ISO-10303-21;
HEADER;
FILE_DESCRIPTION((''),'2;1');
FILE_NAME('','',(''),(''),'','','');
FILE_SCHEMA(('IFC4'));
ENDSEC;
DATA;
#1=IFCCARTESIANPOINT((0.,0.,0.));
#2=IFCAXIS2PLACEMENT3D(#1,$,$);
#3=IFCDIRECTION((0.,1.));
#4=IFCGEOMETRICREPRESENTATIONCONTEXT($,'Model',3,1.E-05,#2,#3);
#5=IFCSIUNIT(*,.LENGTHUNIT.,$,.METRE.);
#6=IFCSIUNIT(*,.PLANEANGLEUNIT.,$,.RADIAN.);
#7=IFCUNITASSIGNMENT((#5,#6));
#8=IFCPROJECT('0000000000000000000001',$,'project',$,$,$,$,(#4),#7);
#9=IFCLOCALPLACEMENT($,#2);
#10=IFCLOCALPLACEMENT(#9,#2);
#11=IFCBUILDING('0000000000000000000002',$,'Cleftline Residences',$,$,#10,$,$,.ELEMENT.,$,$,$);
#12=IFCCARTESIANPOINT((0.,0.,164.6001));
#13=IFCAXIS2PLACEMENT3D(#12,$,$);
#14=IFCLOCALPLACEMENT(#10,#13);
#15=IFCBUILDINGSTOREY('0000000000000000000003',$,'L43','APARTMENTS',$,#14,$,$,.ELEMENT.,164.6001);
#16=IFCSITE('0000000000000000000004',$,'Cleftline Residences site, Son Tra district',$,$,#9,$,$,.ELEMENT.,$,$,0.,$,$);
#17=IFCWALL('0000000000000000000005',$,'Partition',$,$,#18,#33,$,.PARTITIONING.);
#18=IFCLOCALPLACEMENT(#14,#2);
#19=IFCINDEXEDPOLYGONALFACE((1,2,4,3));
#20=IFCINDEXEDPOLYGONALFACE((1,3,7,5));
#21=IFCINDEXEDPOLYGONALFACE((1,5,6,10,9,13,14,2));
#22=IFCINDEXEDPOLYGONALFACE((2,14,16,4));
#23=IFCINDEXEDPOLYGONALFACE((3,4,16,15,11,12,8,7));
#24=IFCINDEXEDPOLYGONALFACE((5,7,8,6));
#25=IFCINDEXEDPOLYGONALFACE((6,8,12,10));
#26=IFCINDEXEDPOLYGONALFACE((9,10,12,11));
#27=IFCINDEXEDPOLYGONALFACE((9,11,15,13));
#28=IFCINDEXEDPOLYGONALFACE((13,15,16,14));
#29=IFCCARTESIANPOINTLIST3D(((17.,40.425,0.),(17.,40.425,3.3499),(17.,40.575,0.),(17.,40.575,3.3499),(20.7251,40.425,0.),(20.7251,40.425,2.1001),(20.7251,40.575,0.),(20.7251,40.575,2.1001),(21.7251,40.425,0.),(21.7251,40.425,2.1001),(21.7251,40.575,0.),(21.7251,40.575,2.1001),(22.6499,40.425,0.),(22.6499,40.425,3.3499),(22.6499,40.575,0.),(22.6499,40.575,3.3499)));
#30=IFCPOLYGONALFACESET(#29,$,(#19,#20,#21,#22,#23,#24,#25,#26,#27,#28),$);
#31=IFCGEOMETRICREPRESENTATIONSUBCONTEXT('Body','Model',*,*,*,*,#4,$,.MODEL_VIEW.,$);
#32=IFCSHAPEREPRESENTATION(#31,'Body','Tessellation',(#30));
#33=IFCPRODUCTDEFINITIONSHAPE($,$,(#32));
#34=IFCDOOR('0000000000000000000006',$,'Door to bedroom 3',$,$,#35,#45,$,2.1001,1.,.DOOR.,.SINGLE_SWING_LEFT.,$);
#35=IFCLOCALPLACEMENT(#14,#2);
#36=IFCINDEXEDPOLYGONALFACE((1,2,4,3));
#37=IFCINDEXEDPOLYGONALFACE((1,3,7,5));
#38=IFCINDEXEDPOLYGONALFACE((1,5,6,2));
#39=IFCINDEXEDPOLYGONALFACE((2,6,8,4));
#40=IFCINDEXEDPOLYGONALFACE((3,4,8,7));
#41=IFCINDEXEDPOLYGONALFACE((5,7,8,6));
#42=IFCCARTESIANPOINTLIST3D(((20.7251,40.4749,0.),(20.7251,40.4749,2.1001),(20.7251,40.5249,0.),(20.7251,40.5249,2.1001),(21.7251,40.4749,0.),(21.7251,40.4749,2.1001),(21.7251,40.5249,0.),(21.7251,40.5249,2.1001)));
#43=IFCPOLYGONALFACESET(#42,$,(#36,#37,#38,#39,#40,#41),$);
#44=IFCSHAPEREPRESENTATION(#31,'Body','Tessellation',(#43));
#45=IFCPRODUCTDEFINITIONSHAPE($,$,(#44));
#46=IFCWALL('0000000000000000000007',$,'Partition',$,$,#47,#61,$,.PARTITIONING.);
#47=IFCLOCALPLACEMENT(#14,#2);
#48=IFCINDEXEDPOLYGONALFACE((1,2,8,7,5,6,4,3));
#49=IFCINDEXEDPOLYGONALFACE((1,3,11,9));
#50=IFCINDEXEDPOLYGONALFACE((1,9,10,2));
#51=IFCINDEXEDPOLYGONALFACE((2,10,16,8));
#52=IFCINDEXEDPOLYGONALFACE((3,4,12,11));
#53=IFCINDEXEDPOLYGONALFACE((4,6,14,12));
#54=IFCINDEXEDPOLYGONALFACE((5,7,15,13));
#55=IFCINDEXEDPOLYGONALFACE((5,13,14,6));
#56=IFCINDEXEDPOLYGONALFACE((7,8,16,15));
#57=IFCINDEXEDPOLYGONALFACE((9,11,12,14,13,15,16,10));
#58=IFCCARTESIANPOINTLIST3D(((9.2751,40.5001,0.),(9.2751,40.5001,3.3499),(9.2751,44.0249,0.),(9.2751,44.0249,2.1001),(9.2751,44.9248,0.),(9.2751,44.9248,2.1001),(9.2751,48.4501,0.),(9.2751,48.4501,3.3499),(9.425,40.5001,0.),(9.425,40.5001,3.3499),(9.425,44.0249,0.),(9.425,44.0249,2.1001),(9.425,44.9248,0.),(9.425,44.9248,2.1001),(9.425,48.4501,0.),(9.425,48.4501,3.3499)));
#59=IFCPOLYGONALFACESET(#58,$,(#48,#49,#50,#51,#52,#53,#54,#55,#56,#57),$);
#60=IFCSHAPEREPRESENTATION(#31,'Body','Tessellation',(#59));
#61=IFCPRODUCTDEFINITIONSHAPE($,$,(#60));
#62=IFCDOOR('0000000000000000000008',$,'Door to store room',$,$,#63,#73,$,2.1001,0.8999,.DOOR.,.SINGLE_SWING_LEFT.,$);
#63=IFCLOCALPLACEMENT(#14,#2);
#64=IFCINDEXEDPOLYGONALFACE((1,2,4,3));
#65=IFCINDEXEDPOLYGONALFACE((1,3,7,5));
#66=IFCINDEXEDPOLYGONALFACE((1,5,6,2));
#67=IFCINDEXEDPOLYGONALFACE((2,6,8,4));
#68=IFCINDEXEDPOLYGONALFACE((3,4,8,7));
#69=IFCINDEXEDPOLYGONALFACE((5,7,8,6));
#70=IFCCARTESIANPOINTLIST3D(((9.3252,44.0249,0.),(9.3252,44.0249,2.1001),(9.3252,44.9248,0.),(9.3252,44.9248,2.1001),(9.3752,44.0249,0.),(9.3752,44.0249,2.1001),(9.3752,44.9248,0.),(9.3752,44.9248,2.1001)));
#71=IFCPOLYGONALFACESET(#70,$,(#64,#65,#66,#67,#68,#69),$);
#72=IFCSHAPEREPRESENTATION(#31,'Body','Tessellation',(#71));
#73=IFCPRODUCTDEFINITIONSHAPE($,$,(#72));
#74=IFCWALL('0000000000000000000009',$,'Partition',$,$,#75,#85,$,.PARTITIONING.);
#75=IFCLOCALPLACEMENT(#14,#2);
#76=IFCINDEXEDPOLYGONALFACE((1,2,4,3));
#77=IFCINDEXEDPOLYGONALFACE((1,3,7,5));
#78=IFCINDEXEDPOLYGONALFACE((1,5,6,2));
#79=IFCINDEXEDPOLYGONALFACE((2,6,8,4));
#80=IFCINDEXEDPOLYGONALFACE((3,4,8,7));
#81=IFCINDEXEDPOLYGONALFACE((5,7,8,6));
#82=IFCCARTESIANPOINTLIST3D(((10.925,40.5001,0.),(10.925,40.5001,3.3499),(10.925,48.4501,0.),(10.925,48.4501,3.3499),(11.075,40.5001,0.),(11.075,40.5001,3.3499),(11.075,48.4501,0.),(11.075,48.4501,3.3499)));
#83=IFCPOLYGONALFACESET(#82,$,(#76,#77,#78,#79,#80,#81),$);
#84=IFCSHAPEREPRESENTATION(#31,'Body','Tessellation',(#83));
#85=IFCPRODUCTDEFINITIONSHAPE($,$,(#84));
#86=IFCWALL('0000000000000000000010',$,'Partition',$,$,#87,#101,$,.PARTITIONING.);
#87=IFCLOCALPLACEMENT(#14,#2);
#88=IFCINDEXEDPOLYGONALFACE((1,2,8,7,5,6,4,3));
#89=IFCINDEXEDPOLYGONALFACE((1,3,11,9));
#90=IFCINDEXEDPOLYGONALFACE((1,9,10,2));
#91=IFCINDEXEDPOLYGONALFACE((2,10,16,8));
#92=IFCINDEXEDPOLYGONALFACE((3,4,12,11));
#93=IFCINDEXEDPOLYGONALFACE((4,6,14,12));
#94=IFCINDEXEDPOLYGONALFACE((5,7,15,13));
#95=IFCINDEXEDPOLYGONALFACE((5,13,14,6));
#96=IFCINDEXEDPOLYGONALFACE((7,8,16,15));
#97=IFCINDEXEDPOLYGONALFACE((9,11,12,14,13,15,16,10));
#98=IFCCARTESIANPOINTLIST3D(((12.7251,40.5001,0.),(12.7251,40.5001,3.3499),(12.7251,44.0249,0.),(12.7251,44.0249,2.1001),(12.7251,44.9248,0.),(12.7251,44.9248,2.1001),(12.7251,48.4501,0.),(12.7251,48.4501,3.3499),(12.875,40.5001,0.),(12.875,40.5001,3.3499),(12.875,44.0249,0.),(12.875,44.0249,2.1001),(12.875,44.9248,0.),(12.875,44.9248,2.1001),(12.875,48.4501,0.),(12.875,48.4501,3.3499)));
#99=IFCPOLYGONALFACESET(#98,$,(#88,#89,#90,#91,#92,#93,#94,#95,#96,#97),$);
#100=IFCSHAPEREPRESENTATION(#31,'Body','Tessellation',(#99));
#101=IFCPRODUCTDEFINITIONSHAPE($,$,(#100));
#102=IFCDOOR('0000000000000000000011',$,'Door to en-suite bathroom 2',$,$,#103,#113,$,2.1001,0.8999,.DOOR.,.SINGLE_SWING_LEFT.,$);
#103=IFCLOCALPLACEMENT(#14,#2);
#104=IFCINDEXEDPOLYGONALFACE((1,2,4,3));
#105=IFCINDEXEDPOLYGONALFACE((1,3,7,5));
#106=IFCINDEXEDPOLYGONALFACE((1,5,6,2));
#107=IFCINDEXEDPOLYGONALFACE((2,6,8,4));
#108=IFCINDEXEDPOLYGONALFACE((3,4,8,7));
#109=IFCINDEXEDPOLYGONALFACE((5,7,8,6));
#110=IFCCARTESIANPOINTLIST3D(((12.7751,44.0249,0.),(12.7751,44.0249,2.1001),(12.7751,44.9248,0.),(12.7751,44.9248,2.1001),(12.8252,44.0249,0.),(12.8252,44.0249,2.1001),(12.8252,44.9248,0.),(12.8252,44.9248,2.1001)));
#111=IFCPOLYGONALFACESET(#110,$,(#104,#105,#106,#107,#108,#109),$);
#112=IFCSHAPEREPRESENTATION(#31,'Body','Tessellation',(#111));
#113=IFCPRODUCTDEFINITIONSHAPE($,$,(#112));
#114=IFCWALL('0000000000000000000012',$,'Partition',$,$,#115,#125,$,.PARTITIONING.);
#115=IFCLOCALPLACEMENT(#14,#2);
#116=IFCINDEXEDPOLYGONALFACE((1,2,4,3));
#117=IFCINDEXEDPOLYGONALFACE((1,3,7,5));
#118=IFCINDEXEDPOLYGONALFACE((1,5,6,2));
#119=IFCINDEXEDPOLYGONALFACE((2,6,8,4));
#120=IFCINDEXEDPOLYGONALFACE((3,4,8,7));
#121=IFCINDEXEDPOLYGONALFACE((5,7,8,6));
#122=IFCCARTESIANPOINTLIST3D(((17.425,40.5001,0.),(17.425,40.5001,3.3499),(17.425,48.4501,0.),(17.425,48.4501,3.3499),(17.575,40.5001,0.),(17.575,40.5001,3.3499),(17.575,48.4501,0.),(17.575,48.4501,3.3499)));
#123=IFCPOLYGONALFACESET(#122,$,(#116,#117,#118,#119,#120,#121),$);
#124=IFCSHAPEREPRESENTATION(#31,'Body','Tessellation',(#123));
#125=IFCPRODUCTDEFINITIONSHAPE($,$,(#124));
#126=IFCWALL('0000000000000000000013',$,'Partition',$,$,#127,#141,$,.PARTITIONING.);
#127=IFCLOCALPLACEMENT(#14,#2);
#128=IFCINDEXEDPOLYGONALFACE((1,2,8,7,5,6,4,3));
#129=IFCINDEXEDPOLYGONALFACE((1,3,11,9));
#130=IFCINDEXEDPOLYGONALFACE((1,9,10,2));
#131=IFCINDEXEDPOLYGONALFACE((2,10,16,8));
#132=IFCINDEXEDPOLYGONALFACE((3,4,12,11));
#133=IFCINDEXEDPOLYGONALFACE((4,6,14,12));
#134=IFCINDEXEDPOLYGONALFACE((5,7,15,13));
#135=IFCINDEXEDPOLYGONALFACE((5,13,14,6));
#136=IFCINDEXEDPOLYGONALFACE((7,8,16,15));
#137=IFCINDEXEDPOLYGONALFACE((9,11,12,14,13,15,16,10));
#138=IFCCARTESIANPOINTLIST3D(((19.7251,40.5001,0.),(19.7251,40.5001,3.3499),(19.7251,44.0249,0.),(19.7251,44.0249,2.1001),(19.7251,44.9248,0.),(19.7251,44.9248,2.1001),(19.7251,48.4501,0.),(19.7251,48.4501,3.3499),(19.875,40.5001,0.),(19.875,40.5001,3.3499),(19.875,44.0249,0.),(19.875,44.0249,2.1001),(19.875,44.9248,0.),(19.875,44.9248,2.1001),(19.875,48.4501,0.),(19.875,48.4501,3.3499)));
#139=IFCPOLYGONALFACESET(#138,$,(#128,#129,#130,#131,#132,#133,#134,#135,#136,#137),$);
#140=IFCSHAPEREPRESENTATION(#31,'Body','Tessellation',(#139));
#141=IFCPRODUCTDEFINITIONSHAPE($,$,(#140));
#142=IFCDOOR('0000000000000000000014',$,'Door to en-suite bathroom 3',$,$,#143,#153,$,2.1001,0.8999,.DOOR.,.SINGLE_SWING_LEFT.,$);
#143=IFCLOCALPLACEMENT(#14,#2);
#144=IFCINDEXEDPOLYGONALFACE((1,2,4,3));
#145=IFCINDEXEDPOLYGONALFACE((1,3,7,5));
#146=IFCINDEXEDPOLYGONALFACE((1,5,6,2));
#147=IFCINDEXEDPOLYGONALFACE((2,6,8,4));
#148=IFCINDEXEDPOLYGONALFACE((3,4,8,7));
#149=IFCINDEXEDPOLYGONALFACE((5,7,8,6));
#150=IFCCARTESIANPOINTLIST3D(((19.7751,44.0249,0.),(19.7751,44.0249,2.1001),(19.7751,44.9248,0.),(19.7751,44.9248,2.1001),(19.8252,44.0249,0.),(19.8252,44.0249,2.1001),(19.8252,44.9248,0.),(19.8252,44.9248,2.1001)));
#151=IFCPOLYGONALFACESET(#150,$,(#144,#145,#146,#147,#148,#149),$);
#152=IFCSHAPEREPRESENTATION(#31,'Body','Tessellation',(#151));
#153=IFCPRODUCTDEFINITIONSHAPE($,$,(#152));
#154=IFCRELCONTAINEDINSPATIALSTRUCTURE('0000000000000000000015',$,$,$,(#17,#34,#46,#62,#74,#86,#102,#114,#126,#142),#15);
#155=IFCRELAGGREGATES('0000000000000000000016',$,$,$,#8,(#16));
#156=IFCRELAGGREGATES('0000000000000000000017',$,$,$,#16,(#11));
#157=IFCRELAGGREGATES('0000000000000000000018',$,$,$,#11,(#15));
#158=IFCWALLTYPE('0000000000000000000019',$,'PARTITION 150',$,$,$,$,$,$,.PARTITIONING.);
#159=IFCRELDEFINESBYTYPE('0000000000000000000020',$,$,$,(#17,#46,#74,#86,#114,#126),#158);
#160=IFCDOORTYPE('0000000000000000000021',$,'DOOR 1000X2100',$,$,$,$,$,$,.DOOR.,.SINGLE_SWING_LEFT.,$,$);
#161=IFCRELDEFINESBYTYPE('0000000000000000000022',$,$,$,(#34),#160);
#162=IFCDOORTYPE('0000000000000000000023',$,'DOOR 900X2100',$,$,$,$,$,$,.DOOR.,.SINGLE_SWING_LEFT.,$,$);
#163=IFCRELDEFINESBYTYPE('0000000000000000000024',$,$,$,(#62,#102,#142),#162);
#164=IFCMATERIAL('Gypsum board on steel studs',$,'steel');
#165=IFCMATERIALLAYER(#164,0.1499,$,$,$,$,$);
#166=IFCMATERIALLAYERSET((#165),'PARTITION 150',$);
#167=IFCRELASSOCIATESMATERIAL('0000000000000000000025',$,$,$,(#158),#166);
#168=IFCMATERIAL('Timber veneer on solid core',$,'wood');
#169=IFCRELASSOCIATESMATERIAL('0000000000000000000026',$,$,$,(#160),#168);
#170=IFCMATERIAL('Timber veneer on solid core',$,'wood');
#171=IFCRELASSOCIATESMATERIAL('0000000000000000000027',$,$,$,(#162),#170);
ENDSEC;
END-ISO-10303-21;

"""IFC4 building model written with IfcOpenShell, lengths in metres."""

from ifc_helpers import new_model, si_unit, direction, frame, frame_2d, origin, place, context, subcontext, project, spatial, rectangle, extrude, material, layer, layer_set, type_object, element, fill, save


model = new_model("IFC4")

# Units and contexts
model_context = context("Model", 3, precision=1e-05, world=origin(), true_north=direction((0.0, 1.0)))
body_context = subcontext(model_context, "Body", "Model", "MODEL_VIEW")
ifc_project = project(units=[si_unit("LENGTHUNIT", "METRE"), si_unit("PLANEANGLEUNIT", "RADIAN")], contexts=[model_context])

# Site, building, storey
site_placement = place(None, origin())
site = spatial("IfcSite", under=ifc_project, at=site_placement, Name="Cleftline Residences site, Son Tra district", CompositionType="ELEMENT", RefElevation=0.0)
building_placement = place(site_placement, origin())
building = spatial("IfcBuilding", under=site, at=building_placement, Name="Cleftline Residences", CompositionType="ELEMENT")
storey_placement = place(building_placement, frame((0.0, 0.0, 164.6001)))
storey = spatial("IfcBuildingStorey", under=building, at=storey_placement, Name="L43", Description="APARTMENTS", CompositionType="ELEMENT", Elevation=164.6001)

# Walls, openings, doors
ifc_material_1 = material(Name="Gypsum board on steel studs", Category="steel")
ifc_layer = layer(ifc_material_1, 0.1499)
ifc_layer_set = layer_set([ifc_layer], Name="PARTITION 150")
wall_type = type_object("IfcWallType", Name="PARTITION 150", PredefinedType="PARTITIONING", material=ifc_layer_set)
ifc_material_2 = material(Name="Timber veneer on solid core", Category="wood")
door_type_1 = type_object("IfcDoorType", Name="DOOR 1000X2100", OperationType="SINGLE_SWING_LEFT", PredefinedType="DOOR", material=ifc_material_2)
wall_1_placement = place(storey_placement, frame((17.0, 40.5, 0.0), z_axis=(0.0, 0.0, 1.0), x_axis=(1.0, 0.0, 0.0)))
wall_1 = element("IfcWall", 1, at=wall_1_placement, inside=storey, type_object=wall_type, Name="Partition", PredefinedType="PARTITIONING", context=body_context, shape_type="SweptSolid", body=[
    extrude(rectangle(XDim=5.6499, YDim=0.1499, at=frame_2d((2.825, 0.0))), origin(), (0.0, 0.0, 1.0), 3.3499),
])
opening_1_placement = place(wall_1_placement, frame((3.7251, 0.0, 0.0)))
opening_1 = element("IfcOpeningElement", 2, at=opening_1_placement, cuts=wall_1, PredefinedType="OPENING", context=body_context, shape_type="SweptSolid", body=[
    extrude(rectangle(XDim=1.0, YDim=2.1001, at=frame_2d((0.5, 1.05))), frame((0.0, 0.085, 0.0), z_axis=(0.0, -1.0, 0.0), x_axis=(1.0, 0.0, 0.0)), (0.0, 0.0, 1.0), 0.1699),
])
door_1_placement = place(opening_1_placement, origin())
door_1 = element("IfcDoor", 3, at=door_1_placement, inside=storey, type_object=door_type_1, Name="Door to bedroom 3", OperationType="SINGLE_SWING_LEFT", OverallHeight=2.1001, OverallWidth=1.0, PredefinedType="DOOR", context=body_context, shape_type="SweptSolid", body=[
    extrude(rectangle(XDim=1.0, YDim=2.1001, at=frame_2d((0.5, 1.05))), frame((0.0, 0.0249, 0.0), z_axis=(0.0, -1.0, 0.0), x_axis=(1.0, 0.0, 0.0)), (0.0, 0.0, 1.0), 0.05),
])
fill(opening_1, door_1)
wall_2_placement = place(storey_placement, frame((9.3501, 40.5, 0.0), z_axis=(0.0, 0.0, 1.0), x_axis=(0.0, 1.0, 0.0)))
wall_2 = element("IfcWall", 4, at=wall_2_placement, inside=storey, type_object=wall_type, Name="Partition", PredefinedType="PARTITIONING", context=body_context, shape_type="SweptSolid", body=[
    extrude(rectangle(XDim=7.95, YDim=0.1499, at=frame_2d((3.9751, 0.0))), origin(), (0.0, 0.0, 1.0), 3.3499),
])
opening_2_placement = place(wall_2_placement, frame((3.5249, 0.0, 0.0)))
opening_2 = element("IfcOpeningElement", 5, at=opening_2_placement, cuts=wall_2, PredefinedType="OPENING", context=body_context, shape_type="SweptSolid", body=[
    extrude(rectangle(XDim=0.8999, YDim=2.1001, at=frame_2d((0.45, 1.05))), frame((0.0, 0.085, 0.0), z_axis=(0.0, -1.0, 0.0), x_axis=(1.0, 0.0, 0.0)), (0.0, 0.0, 1.0), 0.1699),
])
ifc_material_3 = material(Name="Timber veneer on solid core", Category="wood")
door_type_2 = type_object("IfcDoorType", Name="DOOR 900X2100", OperationType="SINGLE_SWING_LEFT", PredefinedType="DOOR", material=ifc_material_3)
door_2_placement = place(opening_2_placement, origin())
door_2 = element("IfcDoor", 6, at=door_2_placement, inside=storey, type_object=door_type_2, Name="Door to store room", OperationType="SINGLE_SWING_LEFT", OverallHeight=2.1001, OverallWidth=0.8999, PredefinedType="DOOR", context=body_context, shape_type="SweptSolid", body=[
    extrude(rectangle(XDim=0.8999, YDim=2.1001, at=frame_2d((0.45, 1.05))), frame((0.0, 0.0249, 0.0), z_axis=(0.0, -1.0, 0.0), x_axis=(1.0, 0.0, 0.0)), (0.0, 0.0, 1.0), 0.05),
])
fill(opening_2, door_2)

# Wall
wall_3_placement = place(storey_placement, frame((11.0, 40.5, 0.0), z_axis=(0.0, 0.0, 1.0), x_axis=(0.0, 1.0, 0.0)))
element("IfcWall", 7, at=wall_3_placement, inside=storey, type_object=wall_type, Name="Partition", PredefinedType="PARTITIONING", context=body_context, shape_type="SweptSolid", body=[
    extrude(rectangle(XDim=7.95, YDim=0.1499, at=frame_2d((3.9751, 0.0))), origin(), (0.0, 0.0, 1.0), 3.3499),
])

# Wall, opening, door
wall_4_placement = place(storey_placement, frame((12.8, 40.5, 0.0), z_axis=(0.0, 0.0, 1.0), x_axis=(0.0, 1.0, 0.0)))
wall_4 = element("IfcWall", 8, at=wall_4_placement, inside=storey, type_object=wall_type, Name="Partition", PredefinedType="PARTITIONING", context=body_context, shape_type="SweptSolid", body=[
    extrude(rectangle(XDim=7.95, YDim=0.1499, at=frame_2d((3.9751, 0.0))), origin(), (0.0, 0.0, 1.0), 3.3499),
])
opening_3_placement = place(wall_4_placement, frame((3.5249, 0.0, 0.0)))
opening_3 = element("IfcOpeningElement", 9, at=opening_3_placement, cuts=wall_4, PredefinedType="OPENING", context=body_context, shape_type="SweptSolid", body=[
    extrude(rectangle(XDim=0.8999, YDim=2.1001, at=frame_2d((0.45, 1.05))), frame((0.0, 0.085, 0.0), z_axis=(0.0, -1.0, 0.0), x_axis=(1.0, 0.0, 0.0)), (0.0, 0.0, 1.0), 0.1699),
])
door_3_placement = place(opening_3_placement, origin())
door_3 = element("IfcDoor", 10, at=door_3_placement, inside=storey, type_object=door_type_2, Name="Door to en-suite bathroom 2", OperationType="SINGLE_SWING_LEFT", OverallHeight=2.1001, OverallWidth=0.8999, PredefinedType="DOOR", context=body_context, shape_type="SweptSolid", body=[
    extrude(rectangle(XDim=0.8999, YDim=2.1001, at=frame_2d((0.45, 1.05))), frame((0.0, 0.0249, 0.0), z_axis=(0.0, -1.0, 0.0), x_axis=(1.0, 0.0, 0.0)), (0.0, 0.0, 1.0), 0.05),
])
fill(opening_3, door_3)

# Wall
wall_5_placement = place(storey_placement, frame((17.5, 40.5, 0.0), z_axis=(0.0, 0.0, 1.0), x_axis=(0.0, 1.0, 0.0)))
element("IfcWall", 11, at=wall_5_placement, inside=storey, type_object=wall_type, Name="Partition", PredefinedType="PARTITIONING", context=body_context, shape_type="SweptSolid", body=[
    extrude(rectangle(XDim=7.95, YDim=0.1499, at=frame_2d((3.9751, 0.0))), origin(), (0.0, 0.0, 1.0), 3.3499),
])

# Wall, opening, door
wall_6_placement = place(storey_placement, frame((19.8, 40.5, 0.0), z_axis=(0.0, 0.0, 1.0), x_axis=(0.0, 1.0, 0.0)))
wall_6 = element("IfcWall", 12, at=wall_6_placement, inside=storey, type_object=wall_type, Name="Partition", PredefinedType="PARTITIONING", context=body_context, shape_type="SweptSolid", body=[
    extrude(rectangle(XDim=7.95, YDim=0.1499, at=frame_2d((3.9751, 0.0))), origin(), (0.0, 0.0, 1.0), 3.3499),
])
opening_4_placement = place(wall_6_placement, frame((3.5249, 0.0, 0.0)))
opening_4 = element("IfcOpeningElement", 13, at=opening_4_placement, cuts=wall_6, PredefinedType="OPENING", context=body_context, shape_type="SweptSolid", body=[
    extrude(rectangle(XDim=0.8999, YDim=2.1001, at=frame_2d((0.45, 1.05))), frame((0.0, 0.085, 0.0), z_axis=(0.0, -1.0, 0.0), x_axis=(1.0, 0.0, 0.0)), (0.0, 0.0, 1.0), 0.1699),
])
door_4_placement = place(opening_4_placement, origin())
door_4 = element("IfcDoor", 14, at=door_4_placement, inside=storey, type_object=door_type_2, Name="Door to en-suite bathroom 3", OperationType="SINGLE_SWING_LEFT", OverallHeight=2.1001, OverallWidth=0.8999, PredefinedType="DOOR", context=body_context, shape_type="SweptSolid", body=[
    extrude(rectangle(XDim=0.8999, YDim=2.1001, at=frame_2d((0.45, 1.05))), frame((0.0, 0.0249, 0.0), z_axis=(0.0, -1.0, 0.0), x_axis=(1.0, 0.0, 0.0)), (0.0, 0.0, 1.0), 0.05),
])
fill(opening_4, door_4)

save(model, "model.ifc")
